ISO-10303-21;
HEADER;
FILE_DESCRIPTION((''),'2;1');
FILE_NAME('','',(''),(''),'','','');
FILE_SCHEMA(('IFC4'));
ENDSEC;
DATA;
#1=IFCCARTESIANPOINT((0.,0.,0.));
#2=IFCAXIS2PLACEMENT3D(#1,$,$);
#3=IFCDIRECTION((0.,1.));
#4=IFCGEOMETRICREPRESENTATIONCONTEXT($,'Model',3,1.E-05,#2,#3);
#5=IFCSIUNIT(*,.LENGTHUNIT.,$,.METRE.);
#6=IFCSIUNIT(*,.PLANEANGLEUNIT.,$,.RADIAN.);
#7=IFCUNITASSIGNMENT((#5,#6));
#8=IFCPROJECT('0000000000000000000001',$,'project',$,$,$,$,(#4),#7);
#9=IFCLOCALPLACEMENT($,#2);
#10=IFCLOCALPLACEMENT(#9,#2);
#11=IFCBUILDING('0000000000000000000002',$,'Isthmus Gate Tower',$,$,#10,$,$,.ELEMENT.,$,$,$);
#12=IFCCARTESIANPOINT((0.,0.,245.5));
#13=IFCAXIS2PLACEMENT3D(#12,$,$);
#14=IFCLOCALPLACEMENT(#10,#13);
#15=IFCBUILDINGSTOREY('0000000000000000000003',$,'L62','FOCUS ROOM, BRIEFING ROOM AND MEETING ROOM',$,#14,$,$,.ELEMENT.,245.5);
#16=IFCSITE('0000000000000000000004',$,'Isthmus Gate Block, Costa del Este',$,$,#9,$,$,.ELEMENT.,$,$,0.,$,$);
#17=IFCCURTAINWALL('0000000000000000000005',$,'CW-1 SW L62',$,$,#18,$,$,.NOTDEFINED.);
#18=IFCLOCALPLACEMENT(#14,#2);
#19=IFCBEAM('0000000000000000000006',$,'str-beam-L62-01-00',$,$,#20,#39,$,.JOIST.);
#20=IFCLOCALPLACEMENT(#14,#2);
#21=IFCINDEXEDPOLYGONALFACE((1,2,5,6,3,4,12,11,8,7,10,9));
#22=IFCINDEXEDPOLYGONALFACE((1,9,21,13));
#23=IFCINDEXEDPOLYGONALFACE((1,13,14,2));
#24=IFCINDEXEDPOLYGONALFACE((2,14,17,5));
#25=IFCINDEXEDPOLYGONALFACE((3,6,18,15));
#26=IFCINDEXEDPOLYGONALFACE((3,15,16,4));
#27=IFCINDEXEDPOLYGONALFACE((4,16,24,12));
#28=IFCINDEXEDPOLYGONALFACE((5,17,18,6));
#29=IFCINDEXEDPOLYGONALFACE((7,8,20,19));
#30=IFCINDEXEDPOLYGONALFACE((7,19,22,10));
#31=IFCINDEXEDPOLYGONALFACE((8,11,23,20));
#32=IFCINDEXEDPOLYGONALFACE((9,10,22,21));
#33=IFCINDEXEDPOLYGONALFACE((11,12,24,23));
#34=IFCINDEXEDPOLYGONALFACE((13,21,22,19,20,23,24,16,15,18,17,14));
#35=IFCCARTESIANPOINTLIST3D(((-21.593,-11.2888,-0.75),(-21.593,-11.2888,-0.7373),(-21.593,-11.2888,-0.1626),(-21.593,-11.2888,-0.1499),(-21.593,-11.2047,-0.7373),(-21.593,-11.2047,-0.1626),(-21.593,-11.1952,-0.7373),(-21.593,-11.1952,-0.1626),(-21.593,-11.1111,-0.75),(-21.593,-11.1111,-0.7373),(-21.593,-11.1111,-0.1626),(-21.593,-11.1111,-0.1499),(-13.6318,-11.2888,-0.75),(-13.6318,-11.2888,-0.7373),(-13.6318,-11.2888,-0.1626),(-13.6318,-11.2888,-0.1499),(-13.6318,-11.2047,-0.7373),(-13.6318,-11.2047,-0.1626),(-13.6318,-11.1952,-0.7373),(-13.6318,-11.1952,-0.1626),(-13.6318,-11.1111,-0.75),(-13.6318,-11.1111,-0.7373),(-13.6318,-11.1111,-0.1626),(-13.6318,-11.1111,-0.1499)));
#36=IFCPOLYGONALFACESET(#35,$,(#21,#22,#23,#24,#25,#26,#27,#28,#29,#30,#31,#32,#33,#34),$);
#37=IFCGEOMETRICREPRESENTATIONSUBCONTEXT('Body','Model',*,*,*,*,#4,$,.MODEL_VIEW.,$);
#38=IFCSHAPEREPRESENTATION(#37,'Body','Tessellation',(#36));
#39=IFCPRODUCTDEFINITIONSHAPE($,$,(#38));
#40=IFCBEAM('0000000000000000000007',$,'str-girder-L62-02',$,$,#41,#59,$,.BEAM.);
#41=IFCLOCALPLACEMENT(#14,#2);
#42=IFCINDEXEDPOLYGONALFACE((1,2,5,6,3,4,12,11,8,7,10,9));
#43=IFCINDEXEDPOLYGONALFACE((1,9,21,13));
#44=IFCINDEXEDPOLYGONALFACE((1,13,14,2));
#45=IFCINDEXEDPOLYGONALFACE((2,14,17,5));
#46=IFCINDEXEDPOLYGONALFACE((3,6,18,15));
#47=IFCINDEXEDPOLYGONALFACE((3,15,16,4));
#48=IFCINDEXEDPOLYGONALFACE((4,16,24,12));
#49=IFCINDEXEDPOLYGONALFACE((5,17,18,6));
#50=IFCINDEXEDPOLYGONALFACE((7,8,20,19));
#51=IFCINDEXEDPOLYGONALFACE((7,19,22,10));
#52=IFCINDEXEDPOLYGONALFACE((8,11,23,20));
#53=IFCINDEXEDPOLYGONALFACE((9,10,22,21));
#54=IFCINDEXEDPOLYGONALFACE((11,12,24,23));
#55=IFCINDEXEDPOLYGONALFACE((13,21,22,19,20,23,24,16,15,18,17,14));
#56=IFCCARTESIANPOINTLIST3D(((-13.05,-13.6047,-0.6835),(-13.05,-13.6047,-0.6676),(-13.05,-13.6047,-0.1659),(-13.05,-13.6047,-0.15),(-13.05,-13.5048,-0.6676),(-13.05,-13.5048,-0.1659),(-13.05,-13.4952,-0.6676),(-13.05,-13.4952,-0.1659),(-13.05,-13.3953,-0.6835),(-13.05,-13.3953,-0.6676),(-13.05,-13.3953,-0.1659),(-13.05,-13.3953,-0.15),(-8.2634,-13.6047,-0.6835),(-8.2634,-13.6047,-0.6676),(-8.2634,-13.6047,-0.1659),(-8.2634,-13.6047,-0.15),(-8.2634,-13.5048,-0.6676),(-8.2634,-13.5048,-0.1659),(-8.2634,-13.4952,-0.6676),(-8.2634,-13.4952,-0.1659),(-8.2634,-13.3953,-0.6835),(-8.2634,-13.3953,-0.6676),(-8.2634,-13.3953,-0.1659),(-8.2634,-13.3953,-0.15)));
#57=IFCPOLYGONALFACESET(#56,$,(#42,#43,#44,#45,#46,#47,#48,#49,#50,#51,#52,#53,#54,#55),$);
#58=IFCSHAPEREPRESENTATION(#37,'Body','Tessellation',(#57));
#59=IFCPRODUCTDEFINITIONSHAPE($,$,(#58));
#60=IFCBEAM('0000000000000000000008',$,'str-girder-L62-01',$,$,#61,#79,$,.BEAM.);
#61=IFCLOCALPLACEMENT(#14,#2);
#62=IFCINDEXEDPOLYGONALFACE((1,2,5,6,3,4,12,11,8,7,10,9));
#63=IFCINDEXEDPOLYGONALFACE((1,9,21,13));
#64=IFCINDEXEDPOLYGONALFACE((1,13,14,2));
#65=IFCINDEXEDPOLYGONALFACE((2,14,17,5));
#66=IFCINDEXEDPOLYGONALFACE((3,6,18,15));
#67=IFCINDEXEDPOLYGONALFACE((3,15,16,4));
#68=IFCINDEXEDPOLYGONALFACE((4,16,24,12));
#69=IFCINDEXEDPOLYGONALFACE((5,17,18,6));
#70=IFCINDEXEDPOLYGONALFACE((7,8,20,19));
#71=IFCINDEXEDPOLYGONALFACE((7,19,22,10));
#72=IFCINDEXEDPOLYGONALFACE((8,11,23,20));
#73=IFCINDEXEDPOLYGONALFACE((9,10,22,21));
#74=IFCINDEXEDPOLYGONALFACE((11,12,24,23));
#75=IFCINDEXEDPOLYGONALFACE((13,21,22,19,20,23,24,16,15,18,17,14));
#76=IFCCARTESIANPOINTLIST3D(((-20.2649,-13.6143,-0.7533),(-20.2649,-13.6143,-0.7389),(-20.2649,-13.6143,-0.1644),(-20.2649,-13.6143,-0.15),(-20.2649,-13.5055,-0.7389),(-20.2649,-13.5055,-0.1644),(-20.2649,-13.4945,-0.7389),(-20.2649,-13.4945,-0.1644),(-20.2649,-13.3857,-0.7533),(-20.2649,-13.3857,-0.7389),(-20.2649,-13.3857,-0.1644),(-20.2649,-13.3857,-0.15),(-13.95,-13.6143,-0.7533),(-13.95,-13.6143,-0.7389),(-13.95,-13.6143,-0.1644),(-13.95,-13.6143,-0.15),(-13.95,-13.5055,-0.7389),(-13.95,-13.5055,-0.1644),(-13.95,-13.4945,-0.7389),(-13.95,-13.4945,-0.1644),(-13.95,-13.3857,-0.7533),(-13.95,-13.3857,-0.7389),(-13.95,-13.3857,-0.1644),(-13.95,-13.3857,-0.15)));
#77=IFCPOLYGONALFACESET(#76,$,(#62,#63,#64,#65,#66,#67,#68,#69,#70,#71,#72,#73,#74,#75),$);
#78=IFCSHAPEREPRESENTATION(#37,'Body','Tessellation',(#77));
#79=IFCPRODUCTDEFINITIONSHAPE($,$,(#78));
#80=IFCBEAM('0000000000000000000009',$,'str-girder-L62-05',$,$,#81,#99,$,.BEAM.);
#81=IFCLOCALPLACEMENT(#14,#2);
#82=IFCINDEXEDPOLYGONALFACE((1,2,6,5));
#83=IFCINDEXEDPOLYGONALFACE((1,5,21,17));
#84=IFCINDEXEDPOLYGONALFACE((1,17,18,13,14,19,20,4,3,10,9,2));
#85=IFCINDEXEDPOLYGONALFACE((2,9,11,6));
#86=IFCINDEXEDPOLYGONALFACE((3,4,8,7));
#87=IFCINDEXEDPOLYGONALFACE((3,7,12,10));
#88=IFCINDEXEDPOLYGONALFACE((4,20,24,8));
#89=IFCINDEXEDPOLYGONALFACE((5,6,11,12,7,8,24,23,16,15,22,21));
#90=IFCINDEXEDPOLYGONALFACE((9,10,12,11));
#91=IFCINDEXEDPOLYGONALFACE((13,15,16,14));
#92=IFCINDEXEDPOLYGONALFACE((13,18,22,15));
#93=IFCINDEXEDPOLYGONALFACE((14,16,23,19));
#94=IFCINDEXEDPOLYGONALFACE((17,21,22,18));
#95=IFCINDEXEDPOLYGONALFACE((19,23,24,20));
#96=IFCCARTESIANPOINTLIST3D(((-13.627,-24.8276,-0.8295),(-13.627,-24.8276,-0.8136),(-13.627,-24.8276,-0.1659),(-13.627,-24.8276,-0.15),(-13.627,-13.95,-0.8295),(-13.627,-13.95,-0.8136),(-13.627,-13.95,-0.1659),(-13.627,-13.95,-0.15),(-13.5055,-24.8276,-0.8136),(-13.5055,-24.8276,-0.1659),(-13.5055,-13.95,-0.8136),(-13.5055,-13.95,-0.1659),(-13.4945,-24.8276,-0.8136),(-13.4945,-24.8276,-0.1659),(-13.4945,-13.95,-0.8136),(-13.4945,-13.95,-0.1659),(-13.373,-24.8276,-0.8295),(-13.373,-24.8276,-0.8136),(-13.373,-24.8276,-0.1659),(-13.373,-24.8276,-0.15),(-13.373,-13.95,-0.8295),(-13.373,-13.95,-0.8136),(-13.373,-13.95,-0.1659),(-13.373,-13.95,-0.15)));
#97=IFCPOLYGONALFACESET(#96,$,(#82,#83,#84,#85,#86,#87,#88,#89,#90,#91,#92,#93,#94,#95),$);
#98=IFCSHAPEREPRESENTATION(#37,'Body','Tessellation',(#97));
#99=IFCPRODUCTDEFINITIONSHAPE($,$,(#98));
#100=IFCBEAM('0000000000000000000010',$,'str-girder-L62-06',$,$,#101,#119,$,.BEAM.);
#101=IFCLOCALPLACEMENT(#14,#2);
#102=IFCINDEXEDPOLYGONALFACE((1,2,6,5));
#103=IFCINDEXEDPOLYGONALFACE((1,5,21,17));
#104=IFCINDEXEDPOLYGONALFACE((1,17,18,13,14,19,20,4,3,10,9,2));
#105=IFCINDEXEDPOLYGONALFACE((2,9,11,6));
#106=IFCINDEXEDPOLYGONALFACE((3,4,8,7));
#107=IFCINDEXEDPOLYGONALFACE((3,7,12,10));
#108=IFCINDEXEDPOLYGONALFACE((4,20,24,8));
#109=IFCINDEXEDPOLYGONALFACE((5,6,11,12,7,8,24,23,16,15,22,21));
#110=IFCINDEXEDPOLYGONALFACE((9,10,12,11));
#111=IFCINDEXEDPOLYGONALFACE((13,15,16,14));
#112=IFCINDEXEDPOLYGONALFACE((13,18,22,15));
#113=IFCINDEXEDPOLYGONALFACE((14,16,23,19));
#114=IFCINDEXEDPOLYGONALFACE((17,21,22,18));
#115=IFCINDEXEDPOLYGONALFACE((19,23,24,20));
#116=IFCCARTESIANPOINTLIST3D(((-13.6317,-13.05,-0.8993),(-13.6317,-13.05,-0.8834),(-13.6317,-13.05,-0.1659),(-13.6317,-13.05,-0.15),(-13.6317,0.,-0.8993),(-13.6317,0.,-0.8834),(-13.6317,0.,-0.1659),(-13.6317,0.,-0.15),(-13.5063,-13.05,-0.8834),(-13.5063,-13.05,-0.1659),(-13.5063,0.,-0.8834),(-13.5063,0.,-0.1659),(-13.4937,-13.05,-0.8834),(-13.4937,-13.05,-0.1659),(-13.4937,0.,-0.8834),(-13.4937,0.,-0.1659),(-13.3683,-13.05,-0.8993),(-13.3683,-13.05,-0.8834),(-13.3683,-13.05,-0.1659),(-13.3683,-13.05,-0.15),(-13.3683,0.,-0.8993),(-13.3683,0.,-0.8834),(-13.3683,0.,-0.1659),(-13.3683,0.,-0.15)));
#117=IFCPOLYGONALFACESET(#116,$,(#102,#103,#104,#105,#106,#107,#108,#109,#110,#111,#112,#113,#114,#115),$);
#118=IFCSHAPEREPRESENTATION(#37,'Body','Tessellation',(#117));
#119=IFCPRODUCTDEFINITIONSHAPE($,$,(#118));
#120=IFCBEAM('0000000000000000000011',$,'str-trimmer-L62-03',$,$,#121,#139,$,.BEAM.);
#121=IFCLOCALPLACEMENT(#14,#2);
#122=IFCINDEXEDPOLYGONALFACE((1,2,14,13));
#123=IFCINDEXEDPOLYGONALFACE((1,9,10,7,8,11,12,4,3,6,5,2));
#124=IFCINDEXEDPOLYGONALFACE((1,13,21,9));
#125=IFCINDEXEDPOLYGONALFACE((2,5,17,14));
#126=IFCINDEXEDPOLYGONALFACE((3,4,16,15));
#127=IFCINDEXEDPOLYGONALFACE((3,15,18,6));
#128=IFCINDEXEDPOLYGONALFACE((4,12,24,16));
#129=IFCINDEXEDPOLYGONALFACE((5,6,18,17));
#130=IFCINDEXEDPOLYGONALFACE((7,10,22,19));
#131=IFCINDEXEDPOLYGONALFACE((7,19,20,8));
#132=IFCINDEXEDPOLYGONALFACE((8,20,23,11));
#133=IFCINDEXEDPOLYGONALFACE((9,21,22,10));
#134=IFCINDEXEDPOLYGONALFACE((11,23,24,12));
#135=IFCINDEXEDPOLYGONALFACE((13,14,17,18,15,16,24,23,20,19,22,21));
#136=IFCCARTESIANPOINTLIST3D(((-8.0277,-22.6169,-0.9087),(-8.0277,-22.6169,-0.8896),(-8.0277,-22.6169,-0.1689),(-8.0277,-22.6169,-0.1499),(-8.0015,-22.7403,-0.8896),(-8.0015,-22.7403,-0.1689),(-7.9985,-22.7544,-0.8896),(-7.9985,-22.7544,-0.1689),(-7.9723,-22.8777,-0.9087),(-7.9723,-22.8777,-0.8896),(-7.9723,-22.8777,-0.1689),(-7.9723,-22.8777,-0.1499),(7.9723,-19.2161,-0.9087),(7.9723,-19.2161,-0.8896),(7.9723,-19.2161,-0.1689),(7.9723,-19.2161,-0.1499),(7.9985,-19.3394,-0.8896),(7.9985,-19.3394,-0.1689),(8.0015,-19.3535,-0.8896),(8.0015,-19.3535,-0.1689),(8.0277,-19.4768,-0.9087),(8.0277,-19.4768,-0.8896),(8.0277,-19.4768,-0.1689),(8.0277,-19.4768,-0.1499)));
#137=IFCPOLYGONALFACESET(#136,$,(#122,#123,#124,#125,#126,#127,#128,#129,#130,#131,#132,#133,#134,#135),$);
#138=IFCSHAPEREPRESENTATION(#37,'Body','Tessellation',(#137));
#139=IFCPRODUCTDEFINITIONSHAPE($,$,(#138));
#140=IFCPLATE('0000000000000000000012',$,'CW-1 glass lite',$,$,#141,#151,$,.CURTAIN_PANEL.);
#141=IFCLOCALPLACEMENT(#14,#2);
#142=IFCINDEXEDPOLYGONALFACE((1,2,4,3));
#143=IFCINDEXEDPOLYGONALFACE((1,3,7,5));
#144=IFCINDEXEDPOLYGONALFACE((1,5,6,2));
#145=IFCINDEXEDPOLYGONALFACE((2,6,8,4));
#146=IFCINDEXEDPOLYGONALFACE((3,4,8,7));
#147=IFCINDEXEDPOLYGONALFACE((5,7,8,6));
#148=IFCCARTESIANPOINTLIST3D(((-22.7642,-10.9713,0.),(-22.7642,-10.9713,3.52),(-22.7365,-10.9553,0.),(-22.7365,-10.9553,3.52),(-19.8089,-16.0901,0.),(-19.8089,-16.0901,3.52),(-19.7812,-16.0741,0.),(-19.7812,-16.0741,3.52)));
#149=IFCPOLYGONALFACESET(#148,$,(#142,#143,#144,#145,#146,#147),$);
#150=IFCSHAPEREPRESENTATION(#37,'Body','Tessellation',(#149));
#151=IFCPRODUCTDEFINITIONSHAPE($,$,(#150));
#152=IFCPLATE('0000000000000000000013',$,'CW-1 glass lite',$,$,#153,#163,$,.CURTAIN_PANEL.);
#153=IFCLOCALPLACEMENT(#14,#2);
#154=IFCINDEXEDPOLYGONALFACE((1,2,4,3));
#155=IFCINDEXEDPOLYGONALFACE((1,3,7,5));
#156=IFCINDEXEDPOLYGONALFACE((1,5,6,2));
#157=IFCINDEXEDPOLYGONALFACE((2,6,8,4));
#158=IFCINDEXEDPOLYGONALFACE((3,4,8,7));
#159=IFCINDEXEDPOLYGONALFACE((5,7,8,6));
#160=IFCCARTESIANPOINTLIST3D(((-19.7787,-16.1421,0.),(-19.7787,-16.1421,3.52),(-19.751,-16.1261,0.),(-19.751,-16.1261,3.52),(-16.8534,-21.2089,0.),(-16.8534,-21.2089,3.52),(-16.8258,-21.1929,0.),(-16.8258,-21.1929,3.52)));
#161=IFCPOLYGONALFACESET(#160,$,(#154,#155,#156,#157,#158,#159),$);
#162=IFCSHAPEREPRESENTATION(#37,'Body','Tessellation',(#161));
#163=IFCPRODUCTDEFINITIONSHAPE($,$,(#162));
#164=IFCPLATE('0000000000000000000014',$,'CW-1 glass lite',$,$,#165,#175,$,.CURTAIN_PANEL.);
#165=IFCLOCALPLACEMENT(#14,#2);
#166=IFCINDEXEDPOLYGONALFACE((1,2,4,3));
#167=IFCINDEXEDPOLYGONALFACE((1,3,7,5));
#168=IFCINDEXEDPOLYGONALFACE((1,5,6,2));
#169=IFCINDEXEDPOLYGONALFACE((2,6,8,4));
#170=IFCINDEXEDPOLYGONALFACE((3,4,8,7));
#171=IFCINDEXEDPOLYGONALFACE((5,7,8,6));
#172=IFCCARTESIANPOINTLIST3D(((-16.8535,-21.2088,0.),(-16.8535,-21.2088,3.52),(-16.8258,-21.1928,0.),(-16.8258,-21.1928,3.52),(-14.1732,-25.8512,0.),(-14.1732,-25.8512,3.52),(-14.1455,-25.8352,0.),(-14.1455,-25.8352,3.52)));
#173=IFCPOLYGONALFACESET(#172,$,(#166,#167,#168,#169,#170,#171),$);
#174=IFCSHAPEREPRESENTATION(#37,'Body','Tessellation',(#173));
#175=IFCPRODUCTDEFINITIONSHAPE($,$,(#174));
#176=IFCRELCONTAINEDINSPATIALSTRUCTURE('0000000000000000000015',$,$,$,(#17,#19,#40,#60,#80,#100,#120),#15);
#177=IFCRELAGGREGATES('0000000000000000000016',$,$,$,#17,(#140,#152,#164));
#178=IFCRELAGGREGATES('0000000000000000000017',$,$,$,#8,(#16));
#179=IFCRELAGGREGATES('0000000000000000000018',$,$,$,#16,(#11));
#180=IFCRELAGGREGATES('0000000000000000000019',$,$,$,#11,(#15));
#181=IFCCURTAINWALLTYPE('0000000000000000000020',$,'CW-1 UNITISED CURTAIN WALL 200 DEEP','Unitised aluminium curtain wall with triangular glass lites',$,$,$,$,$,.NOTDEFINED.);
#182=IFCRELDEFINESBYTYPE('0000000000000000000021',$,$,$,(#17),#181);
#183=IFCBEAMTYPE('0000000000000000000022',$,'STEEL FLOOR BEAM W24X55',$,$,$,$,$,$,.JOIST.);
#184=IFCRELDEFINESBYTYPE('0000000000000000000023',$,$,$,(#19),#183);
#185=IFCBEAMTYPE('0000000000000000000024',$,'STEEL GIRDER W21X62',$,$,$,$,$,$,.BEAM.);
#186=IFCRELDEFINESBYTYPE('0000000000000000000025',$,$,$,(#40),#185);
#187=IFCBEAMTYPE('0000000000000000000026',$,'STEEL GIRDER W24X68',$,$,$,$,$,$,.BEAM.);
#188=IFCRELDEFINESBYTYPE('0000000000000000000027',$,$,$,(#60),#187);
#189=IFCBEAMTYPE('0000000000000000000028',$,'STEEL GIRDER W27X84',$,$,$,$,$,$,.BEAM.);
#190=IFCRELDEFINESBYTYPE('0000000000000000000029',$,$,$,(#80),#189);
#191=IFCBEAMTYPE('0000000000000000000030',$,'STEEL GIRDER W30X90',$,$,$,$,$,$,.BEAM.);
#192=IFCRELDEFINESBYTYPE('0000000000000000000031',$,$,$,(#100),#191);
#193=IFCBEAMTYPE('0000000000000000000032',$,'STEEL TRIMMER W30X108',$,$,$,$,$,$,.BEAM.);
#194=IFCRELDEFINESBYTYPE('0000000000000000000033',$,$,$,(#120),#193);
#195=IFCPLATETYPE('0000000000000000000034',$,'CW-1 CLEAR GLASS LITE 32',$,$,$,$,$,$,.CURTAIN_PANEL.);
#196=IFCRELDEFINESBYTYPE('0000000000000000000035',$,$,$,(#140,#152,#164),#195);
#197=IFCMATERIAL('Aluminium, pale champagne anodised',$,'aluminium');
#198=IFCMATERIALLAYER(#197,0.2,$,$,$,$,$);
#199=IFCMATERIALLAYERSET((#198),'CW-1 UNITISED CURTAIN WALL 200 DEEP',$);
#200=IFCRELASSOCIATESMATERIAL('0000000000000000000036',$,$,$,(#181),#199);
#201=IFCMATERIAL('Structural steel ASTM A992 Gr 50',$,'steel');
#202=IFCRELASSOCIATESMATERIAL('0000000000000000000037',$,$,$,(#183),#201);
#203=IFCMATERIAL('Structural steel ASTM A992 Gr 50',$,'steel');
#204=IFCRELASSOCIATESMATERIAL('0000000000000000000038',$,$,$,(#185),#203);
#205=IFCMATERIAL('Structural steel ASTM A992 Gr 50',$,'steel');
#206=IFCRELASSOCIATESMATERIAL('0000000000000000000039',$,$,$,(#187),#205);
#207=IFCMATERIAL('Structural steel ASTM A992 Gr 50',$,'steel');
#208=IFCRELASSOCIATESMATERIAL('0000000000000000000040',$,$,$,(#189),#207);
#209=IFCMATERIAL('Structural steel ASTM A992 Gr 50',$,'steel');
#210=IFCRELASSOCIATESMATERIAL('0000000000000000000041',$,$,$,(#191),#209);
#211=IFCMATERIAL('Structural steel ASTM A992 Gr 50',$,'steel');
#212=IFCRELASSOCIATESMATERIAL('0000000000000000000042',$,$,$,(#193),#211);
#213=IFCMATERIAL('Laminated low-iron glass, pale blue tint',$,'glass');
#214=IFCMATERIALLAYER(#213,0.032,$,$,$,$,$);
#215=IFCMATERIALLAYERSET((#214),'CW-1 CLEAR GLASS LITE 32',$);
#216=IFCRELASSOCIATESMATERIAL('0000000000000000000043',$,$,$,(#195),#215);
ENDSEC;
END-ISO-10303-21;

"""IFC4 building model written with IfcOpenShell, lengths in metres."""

from ifc_helpers import new_model, si_unit, direction, frame, origin, origin_2d, place, context, subcontext, project, spatial, rectangle, i_section, extrude, material, layer, layer_set, material_profile, profile_set, type_object, element, aggregate, save


model = new_model("IFC4")

# Units and contexts
model_context = context("Model", 3, precision=1e-05, world=origin(), true_north=direction((0.0, 1.0)))
body_context = subcontext(model_context, "Body", "Model", "MODEL_VIEW")
ifc_project = project(units=[si_unit("LENGTHUNIT", "METRE"), si_unit("PLANEANGLEUNIT", "RADIAN")], contexts=[model_context])

# Site, building, storey
site_placement = place(None, origin())
site = spatial("IfcSite", under=ifc_project, at=site_placement, Name="Isthmus Gate Block, Costa del Este", CompositionType="ELEMENT", RefElevation=0.0)
building_placement = place(site_placement, origin())
building = spatial("IfcBuilding", under=site, at=building_placement, Name="Isthmus Gate Tower", CompositionType="ELEMENT")
storey_placement = place(building_placement, frame((0.0, 0.0, 245.5)))
storey = spatial("IfcBuildingStorey", under=building, at=storey_placement, Name="L62", Description="FOCUS ROOM, BRIEFING ROOM AND MEETING ROOM", CompositionType="ELEMENT", Elevation=245.5)

# Curtain wall
ifc_material_1 = material(Name="Aluminium, pale champagne anodised", Category="aluminium")
ifc_layer_1 = layer(ifc_material_1, 0.2)
ifc_layer_set_1 = layer_set([ifc_layer_1], Name="CW-1 UNITISED CURTAIN WALL 200 DEEP")
curtain_wall_type = type_object("IfcCurtainWallType", Name="CW-1 UNITISED CURTAIN WALL 200 DEEP", Description="Unitised aluminium curtain wall with triangular glass lites", PredefinedType="NOTDEFINED", material=ifc_layer_set_1)
curtain_wall_1_placement = place(storey_placement, origin())
curtain_wall_1 = element("IfcCurtainWall", 1, at=curtain_wall_1_placement, inside=storey, type_object=curtain_wall_type, Name="CW-1 SW L62", PredefinedType="NOTDEFINED")

# Beams
ifc_material_2 = material(Name="Structural steel ASTM A992 Gr 50", Category="steel")
ifc_material_profile_1 = material_profile(ifc_material_2, i_section(OverallWidth=0.1777, OverallDepth=0.6001, WebThickness=0.0095, FlangeThickness=0.0127, at=origin_2d()), Name="W24X55")
ifc_profile_set_1 = profile_set([ifc_material_profile_1], Name="Structural steel ASTM A992 Gr 50")
beam_type_1 = type_object("IfcBeamType", Name="STEEL FLOOR BEAM W24X55", PredefinedType="JOIST", material=ifc_profile_set_1)
beam_1_placement = place(storey_placement, frame((-21.593, -11.2, -0.45), z_axis=(1.0, 0.0, 0.0), x_axis=(0.0, 1.0, 0.0)))
element("IfcBeam", 2, at=beam_1_placement, inside=storey, type_object=beam_type_1, Name="str-beam-L62-01-00", PredefinedType="JOIST", context=body_context, shape_type="SweptSolid", body=[
    extrude(i_section(OverallWidth=0.1777, OverallDepth=0.6001, WebThickness=0.0095, FlangeThickness=0.0127, at=origin_2d()), origin(), (0.0, 0.0, 1.0), 7.9612),
])
ifc_material_3 = material(Name="Structural steel ASTM A992 Gr 50", Category="steel")
ifc_material_profile_2 = material_profile(ifc_material_3, i_section(OverallWidth=0.2095, OverallDepth=0.5334, WebThickness=0.0095, FlangeThickness=0.0159, at=origin_2d()), Name="W21X62")
ifc_profile_set_2 = profile_set([ifc_material_profile_2], Name="Structural steel ASTM A992 Gr 50")
beam_type_2 = type_object("IfcBeamType", Name="STEEL GIRDER W21X62", PredefinedType="BEAM", material=ifc_profile_set_2)
beam_2_placement = place(storey_placement, frame((-13.05, -13.5, -0.4167), z_axis=(1.0, 0.0, 0.0), x_axis=(0.0, 1.0, 0.0)))
element("IfcBeam", 3, at=beam_2_placement, inside=storey, type_object=beam_type_2, Name="str-girder-L62-02", PredefinedType="BEAM", context=body_context, shape_type="SweptSolid", body=[
    extrude(i_section(OverallWidth=0.2095, OverallDepth=0.5334, WebThickness=0.0095, FlangeThickness=0.0159, at=origin_2d()), origin(), (0.0, 0.0, 1.0), 4.7866),
])
ifc_material_4 = material(Name="Structural steel ASTM A992 Gr 50", Category="steel")
ifc_material_profile_3 = material_profile(ifc_material_4, i_section(OverallWidth=0.2285, OverallDepth=0.6033, WebThickness=0.011, FlangeThickness=0.0144, at=origin_2d()), Name="W24X68")
ifc_profile_set_3 = profile_set([ifc_material_profile_3], Name="Structural steel ASTM A992 Gr 50")
beam_type_3 = type_object("IfcBeamType", Name="STEEL GIRDER W24X68", PredefinedType="BEAM", material=ifc_profile_set_3)
beam_3_placement = place(storey_placement, frame((-20.2649, -13.5, -0.4517), z_axis=(1.0, 0.0, 0.0), x_axis=(0.0, 1.0, 0.0)))
element("IfcBeam", 4, at=beam_3_placement, inside=storey, type_object=beam_type_3, Name="str-girder-L62-01", PredefinedType="BEAM", context=body_context, shape_type="SweptSolid", body=[
    extrude(i_section(OverallWidth=0.2285, OverallDepth=0.6033, WebThickness=0.011, FlangeThickness=0.0144, at=origin_2d()), origin(), (0.0, 0.0, 1.0), 6.3149),
])
ifc_material_5 = material(Name="Structural steel ASTM A992 Gr 50", Category="steel")
ifc_material_profile_4 = material_profile(ifc_material_5, i_section(OverallWidth=0.2539, OverallDepth=0.6794, WebThickness=0.011, FlangeThickness=0.0159, at=origin_2d()), Name="W27X84")
ifc_profile_set_4 = profile_set([ifc_material_profile_4], Name="Structural steel ASTM A992 Gr 50")
beam_type_4 = type_object("IfcBeamType", Name="STEEL GIRDER W27X84", PredefinedType="BEAM", material=ifc_profile_set_4)
beam_4_placement = place(storey_placement, frame((-13.5, -24.8276, -0.4897), z_axis=(0.0, 1.0, 0.0), x_axis=(-1.0, 0.0, 0.0)))
element("IfcBeam", 5, at=beam_4_placement, inside=storey, type_object=beam_type_4, Name="str-girder-L62-05", PredefinedType="BEAM", context=body_context, shape_type="SweptSolid", body=[
    extrude(i_section(OverallWidth=0.2539, OverallDepth=0.6794, WebThickness=0.011, FlangeThickness=0.0159, at=origin_2d()), origin(), (0.0, 0.0, 1.0), 10.8777),
])
ifc_material_6 = material(Name="Structural steel ASTM A992 Gr 50", Category="steel")
ifc_material_profile_5 = material_profile(ifc_material_6, i_section(OverallWidth=0.2634, OverallDepth=0.7493, WebThickness=0.0127, FlangeThickness=0.0159, at=origin_2d()), Name="W30X90")
ifc_profile_set_5 = profile_set([ifc_material_profile_5], Name="Structural steel ASTM A992 Gr 50")
beam_type_5 = type_object("IfcBeamType", Name="STEEL GIRDER W30X90", PredefinedType="BEAM", material=ifc_profile_set_5)
beam_5_placement = place(storey_placement, frame((-13.5, -13.05, -0.5247), z_axis=(0.0, 1.0, 0.0), x_axis=(-1.0, 0.0, 0.0)))
element("IfcBeam", 6, at=beam_5_placement, inside=storey, type_object=beam_type_5, Name="str-girder-L62-06", PredefinedType="BEAM", context=body_context, shape_type="SweptSolid", body=[
    extrude(i_section(OverallWidth=0.2634, OverallDepth=0.7493, WebThickness=0.0127, FlangeThickness=0.0159, at=origin_2d()), origin(), (0.0, 0.0, 1.0), 13.05),
])
ifc_material_7 = material(Name="Structural steel ASTM A992 Gr 50", Category="steel")
ifc_material_profile_6 = material_profile(ifc_material_7, i_section(OverallWidth=0.2666, OverallDepth=0.7588, WebThickness=0.0144, FlangeThickness=0.019, at=origin_2d()), Name="W30X108")
ifc_profile_set_6 = profile_set([ifc_material_profile_6], Name="Structural steel ASTM A992 Gr 50")
beam_type_6 = type_object("IfcBeamType", Name="STEEL TRIMMER W30X108", PredefinedType="BEAM", material=ifc_profile_set_6)
beam_6_placement = place(storey_placement, frame((-8.0, -22.7473, -0.5293), z_axis=(0.978148, 0.20791, 0.0), x_axis=(-0.20791, 0.978148, 0.0)))
element("IfcBeam", 7, at=beam_6_placement, inside=storey, type_object=beam_type_6, Name="str-trimmer-L62-03", PredefinedType="BEAM", context=body_context, shape_type="SweptSolid", body=[
    extrude(i_section(OverallWidth=0.2666, OverallDepth=0.7588, WebThickness=0.0144, FlangeThickness=0.019, at=origin_2d()), origin(), (0.0, 0.0, 1.0), 16.3574),
])

# Plates
ifc_material_8 = material(Name="Laminated low-iron glass, pale blue tint", Category="glass")
ifc_layer_2 = layer(ifc_material_8, 0.032)
ifc_layer_set_2 = layer_set([ifc_layer_2], Name="CW-1 CLEAR GLASS LITE 32")
plate_type = type_object("IfcPlateType", Name="CW-1 CLEAR GLASS LITE 32", PredefinedType="CURTAIN_PANEL", material=ifc_layer_set_2)
plate_1_placement = place(storey_placement, frame((-21.2727, -13.5227, 0.0), z_axis=(0.0, 0.0, 1.0), x_axis=(0.5, -0.866025, 0.0)))
plate_1 = element("IfcPlate", 8, at=plate_1_placement, type_object=plate_type, Name="CW-1 glass lite", PredefinedType="CURTAIN_PANEL", context=body_context, shape_type="SweptSolid", body=[
    extrude(rectangle(XDim=5.9106, YDim=0.032, at=origin_2d()), origin(), (0.0, 0.0, 1.0), 3.52),
])
plate_2_placement = place(storey_placement, frame((-18.3022, -18.6675, 0.0), z_axis=(0.0, 0.0, 1.0), x_axis=(0.5, -0.866025, 0.0)))
plate_2 = element("IfcPlate", 9, at=plate_2_placement, type_object=plate_type, Name="CW-1 glass lite", PredefinedType="CURTAIN_PANEL", context=body_context, shape_type="SweptSolid", body=[
    extrude(rectangle(XDim=5.8506, YDim=0.032, at=origin_2d()), origin(), (0.0, 0.0, 1.0), 3.52),
])
plate_3_placement = place(storey_placement, frame((-15.4995, -23.522, 0.0), z_axis=(0.0, 0.0, 1.0), x_axis=(0.5, -0.866025, 0.0)))
plate_3 = element("IfcPlate", 10, at=plate_3_placement, type_object=plate_type, Name="CW-1 glass lite", PredefinedType="CURTAIN_PANEL", context=body_context, shape_type="SweptSolid", body=[
    extrude(rectangle(XDim=5.3606, YDim=0.032, at=origin_2d()), origin(), (0.0, 0.0, 1.0), 3.52),
])
aggregate(curtain_wall_1, [plate_1, plate_2, plate_3])

save(model, "model.ifc")
